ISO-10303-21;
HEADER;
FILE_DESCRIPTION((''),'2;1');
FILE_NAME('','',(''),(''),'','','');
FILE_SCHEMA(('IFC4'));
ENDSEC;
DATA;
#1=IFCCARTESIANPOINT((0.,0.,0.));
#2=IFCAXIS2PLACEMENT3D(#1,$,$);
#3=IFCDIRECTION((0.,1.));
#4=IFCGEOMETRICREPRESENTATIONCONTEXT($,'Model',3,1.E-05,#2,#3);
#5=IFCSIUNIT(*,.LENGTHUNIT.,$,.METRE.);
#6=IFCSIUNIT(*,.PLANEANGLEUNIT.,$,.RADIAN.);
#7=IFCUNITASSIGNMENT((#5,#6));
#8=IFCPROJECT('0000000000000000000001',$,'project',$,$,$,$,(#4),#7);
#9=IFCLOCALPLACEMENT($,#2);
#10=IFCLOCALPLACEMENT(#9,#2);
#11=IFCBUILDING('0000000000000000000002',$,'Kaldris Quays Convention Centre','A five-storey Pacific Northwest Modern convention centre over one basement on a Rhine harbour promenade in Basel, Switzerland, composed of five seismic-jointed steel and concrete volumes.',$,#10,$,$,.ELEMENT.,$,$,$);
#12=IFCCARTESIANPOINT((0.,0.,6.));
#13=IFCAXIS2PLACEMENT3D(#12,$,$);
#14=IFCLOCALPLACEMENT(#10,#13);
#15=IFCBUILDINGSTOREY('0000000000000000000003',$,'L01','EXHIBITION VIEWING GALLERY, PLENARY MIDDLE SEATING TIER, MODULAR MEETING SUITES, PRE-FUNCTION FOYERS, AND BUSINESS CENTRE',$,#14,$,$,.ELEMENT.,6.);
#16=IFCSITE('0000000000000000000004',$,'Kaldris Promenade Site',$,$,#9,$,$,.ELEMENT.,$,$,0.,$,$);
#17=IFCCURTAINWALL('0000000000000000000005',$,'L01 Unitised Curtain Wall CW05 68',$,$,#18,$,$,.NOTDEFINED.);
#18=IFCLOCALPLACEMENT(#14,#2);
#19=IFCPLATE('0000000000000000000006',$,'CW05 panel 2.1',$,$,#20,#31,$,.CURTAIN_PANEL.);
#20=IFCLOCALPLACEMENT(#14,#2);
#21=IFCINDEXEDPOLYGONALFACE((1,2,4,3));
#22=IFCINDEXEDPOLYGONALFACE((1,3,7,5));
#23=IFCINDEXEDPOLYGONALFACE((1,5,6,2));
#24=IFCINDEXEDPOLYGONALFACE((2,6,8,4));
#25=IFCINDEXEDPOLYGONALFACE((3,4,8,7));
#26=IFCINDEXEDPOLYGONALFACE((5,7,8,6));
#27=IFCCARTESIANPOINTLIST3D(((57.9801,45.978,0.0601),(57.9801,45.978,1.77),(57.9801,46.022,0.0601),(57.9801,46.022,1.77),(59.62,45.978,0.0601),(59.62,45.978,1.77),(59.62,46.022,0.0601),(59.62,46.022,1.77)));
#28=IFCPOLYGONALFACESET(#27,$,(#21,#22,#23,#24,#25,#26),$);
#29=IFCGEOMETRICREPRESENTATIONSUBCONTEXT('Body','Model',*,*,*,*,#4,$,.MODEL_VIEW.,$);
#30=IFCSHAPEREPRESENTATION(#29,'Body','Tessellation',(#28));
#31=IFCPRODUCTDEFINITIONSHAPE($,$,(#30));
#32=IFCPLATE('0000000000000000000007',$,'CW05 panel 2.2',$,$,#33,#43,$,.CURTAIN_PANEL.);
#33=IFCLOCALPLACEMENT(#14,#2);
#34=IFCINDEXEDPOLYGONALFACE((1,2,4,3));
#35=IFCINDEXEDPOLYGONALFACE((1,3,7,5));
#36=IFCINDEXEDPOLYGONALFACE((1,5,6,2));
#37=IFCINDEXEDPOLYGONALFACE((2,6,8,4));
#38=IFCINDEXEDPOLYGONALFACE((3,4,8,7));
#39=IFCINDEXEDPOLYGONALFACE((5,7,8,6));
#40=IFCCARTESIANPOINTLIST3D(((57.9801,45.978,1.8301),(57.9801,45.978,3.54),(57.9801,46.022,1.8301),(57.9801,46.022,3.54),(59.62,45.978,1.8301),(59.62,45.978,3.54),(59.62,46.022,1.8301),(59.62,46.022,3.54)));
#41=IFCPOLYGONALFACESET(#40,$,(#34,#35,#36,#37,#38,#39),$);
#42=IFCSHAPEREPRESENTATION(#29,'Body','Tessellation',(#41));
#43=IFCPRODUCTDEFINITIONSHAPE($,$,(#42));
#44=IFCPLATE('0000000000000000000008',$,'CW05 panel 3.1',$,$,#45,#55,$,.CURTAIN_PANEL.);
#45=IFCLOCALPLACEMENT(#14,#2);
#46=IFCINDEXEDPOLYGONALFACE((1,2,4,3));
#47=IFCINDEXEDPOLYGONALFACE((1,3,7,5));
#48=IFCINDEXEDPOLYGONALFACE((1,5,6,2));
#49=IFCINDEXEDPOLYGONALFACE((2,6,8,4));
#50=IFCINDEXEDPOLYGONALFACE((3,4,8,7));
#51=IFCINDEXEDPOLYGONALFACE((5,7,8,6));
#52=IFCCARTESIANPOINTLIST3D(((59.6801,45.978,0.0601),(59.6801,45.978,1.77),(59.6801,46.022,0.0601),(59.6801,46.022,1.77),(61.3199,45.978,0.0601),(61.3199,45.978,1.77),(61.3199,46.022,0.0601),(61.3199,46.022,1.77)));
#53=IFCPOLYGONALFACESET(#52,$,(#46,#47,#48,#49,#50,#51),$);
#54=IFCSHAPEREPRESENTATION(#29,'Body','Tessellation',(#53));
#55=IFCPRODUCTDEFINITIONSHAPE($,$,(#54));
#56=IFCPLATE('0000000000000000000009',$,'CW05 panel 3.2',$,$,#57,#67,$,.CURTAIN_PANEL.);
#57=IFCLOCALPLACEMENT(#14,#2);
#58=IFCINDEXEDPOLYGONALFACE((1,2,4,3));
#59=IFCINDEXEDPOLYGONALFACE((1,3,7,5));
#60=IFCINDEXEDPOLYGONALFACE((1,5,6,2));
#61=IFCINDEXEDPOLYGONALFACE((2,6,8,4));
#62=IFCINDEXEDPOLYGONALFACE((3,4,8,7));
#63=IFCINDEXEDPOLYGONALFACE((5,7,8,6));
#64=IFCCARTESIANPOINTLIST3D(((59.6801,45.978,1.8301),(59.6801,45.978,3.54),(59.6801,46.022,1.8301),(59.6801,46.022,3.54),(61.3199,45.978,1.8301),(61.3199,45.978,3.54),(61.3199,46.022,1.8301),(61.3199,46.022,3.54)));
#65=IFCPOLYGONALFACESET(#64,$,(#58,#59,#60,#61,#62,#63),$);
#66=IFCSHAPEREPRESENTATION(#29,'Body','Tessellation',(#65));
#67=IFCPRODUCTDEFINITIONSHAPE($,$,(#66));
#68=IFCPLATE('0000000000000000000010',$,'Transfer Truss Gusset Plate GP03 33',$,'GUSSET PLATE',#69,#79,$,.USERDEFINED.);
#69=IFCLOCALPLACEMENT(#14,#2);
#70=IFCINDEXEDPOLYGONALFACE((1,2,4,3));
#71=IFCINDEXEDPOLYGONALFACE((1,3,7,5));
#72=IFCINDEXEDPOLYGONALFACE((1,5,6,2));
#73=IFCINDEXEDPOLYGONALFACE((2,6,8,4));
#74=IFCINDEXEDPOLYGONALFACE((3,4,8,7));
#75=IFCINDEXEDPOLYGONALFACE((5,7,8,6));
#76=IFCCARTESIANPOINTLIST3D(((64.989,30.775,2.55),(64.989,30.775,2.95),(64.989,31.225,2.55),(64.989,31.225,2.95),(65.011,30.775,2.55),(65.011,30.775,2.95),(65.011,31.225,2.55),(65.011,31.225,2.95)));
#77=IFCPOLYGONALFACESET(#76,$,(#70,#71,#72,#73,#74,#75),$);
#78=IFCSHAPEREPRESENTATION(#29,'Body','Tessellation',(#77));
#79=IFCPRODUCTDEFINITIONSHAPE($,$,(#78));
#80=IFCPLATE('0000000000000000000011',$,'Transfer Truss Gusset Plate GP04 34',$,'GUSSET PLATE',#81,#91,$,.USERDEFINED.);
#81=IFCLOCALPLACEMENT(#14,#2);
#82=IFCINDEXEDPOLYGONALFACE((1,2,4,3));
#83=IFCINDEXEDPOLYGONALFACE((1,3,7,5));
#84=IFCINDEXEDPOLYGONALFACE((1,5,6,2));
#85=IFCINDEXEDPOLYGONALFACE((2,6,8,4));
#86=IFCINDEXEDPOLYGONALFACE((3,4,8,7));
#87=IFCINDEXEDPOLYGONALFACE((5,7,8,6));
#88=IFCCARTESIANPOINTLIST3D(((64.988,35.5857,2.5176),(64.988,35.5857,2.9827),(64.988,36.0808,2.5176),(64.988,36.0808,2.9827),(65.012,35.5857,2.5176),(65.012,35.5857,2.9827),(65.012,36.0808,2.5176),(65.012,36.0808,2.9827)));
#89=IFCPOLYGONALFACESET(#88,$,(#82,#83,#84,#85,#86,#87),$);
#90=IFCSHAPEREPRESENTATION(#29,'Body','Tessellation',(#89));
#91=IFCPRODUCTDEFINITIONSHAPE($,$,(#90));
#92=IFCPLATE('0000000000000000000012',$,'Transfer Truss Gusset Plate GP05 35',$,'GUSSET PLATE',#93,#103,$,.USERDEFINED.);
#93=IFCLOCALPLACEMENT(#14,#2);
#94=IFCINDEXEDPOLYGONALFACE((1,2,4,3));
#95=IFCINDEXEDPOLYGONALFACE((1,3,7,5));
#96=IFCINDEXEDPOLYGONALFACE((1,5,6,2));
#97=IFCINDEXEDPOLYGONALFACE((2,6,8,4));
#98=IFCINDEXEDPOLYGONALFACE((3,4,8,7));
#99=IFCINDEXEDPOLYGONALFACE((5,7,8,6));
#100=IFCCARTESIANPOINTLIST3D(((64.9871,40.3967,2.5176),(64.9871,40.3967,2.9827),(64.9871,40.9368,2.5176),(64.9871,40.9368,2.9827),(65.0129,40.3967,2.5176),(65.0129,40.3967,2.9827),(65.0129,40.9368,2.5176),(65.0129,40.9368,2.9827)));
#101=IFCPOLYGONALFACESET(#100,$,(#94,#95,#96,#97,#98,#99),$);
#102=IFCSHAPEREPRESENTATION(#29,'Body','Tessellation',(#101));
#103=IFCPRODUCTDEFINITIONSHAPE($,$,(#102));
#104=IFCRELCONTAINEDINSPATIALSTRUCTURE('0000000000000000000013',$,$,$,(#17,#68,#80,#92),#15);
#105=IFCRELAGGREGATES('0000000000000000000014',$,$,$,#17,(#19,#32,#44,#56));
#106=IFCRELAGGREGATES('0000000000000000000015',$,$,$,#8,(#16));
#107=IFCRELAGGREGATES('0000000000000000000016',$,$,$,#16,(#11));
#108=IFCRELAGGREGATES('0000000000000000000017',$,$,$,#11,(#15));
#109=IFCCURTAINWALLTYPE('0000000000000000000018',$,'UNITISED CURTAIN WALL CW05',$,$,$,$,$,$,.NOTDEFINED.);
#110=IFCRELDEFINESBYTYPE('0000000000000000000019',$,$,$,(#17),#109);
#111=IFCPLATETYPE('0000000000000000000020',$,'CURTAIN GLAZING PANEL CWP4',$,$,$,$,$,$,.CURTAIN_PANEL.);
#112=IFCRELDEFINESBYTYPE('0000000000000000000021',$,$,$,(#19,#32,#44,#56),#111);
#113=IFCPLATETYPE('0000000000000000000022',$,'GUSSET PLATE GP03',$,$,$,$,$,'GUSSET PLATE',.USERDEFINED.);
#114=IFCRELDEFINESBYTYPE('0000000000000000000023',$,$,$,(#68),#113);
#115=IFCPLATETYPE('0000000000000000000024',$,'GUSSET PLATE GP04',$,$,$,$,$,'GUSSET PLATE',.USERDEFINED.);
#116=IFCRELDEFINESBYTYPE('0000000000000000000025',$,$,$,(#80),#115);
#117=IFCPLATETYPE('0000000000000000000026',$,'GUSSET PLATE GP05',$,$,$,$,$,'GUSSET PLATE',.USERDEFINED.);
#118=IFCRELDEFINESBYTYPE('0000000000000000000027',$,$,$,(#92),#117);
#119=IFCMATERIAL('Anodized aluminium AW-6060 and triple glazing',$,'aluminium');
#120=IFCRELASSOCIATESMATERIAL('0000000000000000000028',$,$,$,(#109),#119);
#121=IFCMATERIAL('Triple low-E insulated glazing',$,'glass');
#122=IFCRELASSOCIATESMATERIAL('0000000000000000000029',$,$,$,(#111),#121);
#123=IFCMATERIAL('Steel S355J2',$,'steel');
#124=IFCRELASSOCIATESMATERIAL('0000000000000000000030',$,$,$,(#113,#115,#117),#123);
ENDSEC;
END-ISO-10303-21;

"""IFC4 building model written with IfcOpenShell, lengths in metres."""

from ifc_helpers import new_model, si_unit, direction, frame, origin, origin_2d, place, context, subcontext, project, spatial, rectangle, extrude, material, type_object, element, aggregate, save


model = new_model("IFC4")

# Units and contexts
model_context = context("Model", 3, precision=1e-05, world=origin(), true_north=direction((0.0, 1.0)))
body_context = subcontext(model_context, "Body", "Model", "MODEL_VIEW")
ifc_project = project(units=[si_unit("LENGTHUNIT", "METRE"), si_unit("PLANEANGLEUNIT", "RADIAN")], contexts=[model_context])

# Site, building, storey
site_placement = place(None, origin())
site = spatial("IfcSite", under=ifc_project, at=site_placement, Name="Kaldris Promenade Site", CompositionType="ELEMENT", RefElevation=0.0)
building_placement = place(site_placement, origin())
building = spatial("IfcBuilding", under=site, at=building_placement, Name="Kaldris Quays Convention Centre", Description="A five-storey Pacific Northwest Modern convention centre over one basement on a Rhine harbour promenade in Basel, Switzerland, composed of five seismic-jointed steel and concrete volumes.", CompositionType="ELEMENT")
storey_placement = place(building_placement, frame((0.0, 0.0, 6.0)))
storey = spatial("IfcBuildingStorey", under=building, at=storey_placement, Name="L01", Description="EXHIBITION VIEWING GALLERY, PLENARY MIDDLE SEATING TIER, MODULAR MEETING SUITES, PRE-FUNCTION FOYERS, AND BUSINESS CENTRE", CompositionType="ELEMENT", Elevation=6.0)

# Curtain wall
ifc_material_1 = material(Name="Anodized aluminium AW-6060 and triple glazing", Category="aluminium")
curtain_wall_type = type_object("IfcCurtainWallType", Name="UNITISED CURTAIN WALL CW05", PredefinedType="NOTDEFINED", material=ifc_material_1)
curtain_wall_placement = place(storey_placement, origin())
curtain_wall = element("IfcCurtainWall", 1, at=curtain_wall_placement, inside=storey, type_object=curtain_wall_type, Name="L01 Unitised Curtain Wall CW05 68", PredefinedType="NOTDEFINED")

# Shared definitions
ifc_material_2 = material(Name="Steel S355J2", Category="steel")

# Plates
ifc_material_3 = material(Name="Triple low-E insulated glazing", Category="glass")
plate_type_1 = type_object("IfcPlateType", Name="CURTAIN GLAZING PANEL CWP4", PredefinedType="CURTAIN_PANEL", material=ifc_material_3)
plate_1_placement = place(storey_placement, frame((58.8, 46.0, 0.0601), z_axis=(0.0, 0.0, 1.0), x_axis=(1.0, 0.0, 0.0)))
plate_1 = element("IfcPlate", 2, at=plate_1_placement, type_object=plate_type_1, Name="CW05 panel 2.1", PredefinedType="CURTAIN_PANEL", context=body_context, shape_type="SweptSolid", body=[
    extrude(rectangle(XDim=1.6399, YDim=0.0439, at=origin_2d()), origin(), (0.0, 0.0, 1.0), 1.71),
])
plate_2_placement = place(storey_placement, frame((58.8, 46.0, 1.8301), z_axis=(0.0, 0.0, 1.0), x_axis=(1.0, 0.0, 0.0)))
plate_2 = element("IfcPlate", 3, at=plate_2_placement, type_object=plate_type_1, Name="CW05 panel 2.2", PredefinedType="CURTAIN_PANEL", context=body_context, shape_type="SweptSolid", body=[
    extrude(rectangle(XDim=1.6399, YDim=0.0439, at=origin_2d()), origin(), (0.0, 0.0, 1.0), 1.71),
])
plate_3_placement = place(storey_placement, frame((60.5, 46.0, 0.0601), z_axis=(0.0, 0.0, 1.0), x_axis=(1.0, 0.0, 0.0)))
plate_3 = element("IfcPlate", 4, at=plate_3_placement, type_object=plate_type_1, Name="CW05 panel 3.1", PredefinedType="CURTAIN_PANEL", context=body_context, shape_type="SweptSolid", body=[
    extrude(rectangle(XDim=1.6399, YDim=0.0439, at=origin_2d()), origin(), (0.0, 0.0, 1.0), 1.71),
])
plate_4_placement = place(storey_placement, frame((60.5, 46.0, 1.8301), z_axis=(0.0, 0.0, 1.0), x_axis=(1.0, 0.0, 0.0)))
plate_4 = element("IfcPlate", 5, at=plate_4_placement, type_object=plate_type_1, Name="CW05 panel 3.2", PredefinedType="CURTAIN_PANEL", context=body_context, shape_type="SweptSolid", body=[
    extrude(rectangle(XDim=1.6399, YDim=0.0439, at=origin_2d()), origin(), (0.0, 0.0, 1.0), 1.71),
])
aggregate(curtain_wall, [plate_1, plate_2, plate_3, plate_4])

# Plates
plate_type_2 = type_object("IfcPlateType", Name="GUSSET PLATE GP03", ElementType="GUSSET PLATE", PredefinedType="USERDEFINED", material=ifc_material_2)
plate_5_placement = place(storey_placement, frame((65.0, 31.0, 2.55), z_axis=(0.0, 0.0, 1.0), x_axis=(1.0, 0.0, 0.0)))
element("IfcPlate", 6, at=plate_5_placement, inside=storey, type_object=plate_type_2, Name="Transfer Truss Gusset Plate GP03 33", ObjectType="GUSSET PLATE", PredefinedType="USERDEFINED", context=body_context, shape_type="SweptSolid", body=[
    extrude(rectangle(XDim=0.022, YDim=0.45, at=origin_2d()), origin(), (0.0, 0.0, 1.0), 0.3999),
])
plate_type_3 = type_object("IfcPlateType", Name="GUSSET PLATE GP04", ElementType="GUSSET PLATE", PredefinedType="USERDEFINED", material=ifc_material_2)
plate_6_placement = place(storey_placement, frame((65.0, 35.8333, 2.5176), z_axis=(0.0, 0.0, 1.0), x_axis=(1.0, 0.0, 0.0)))
element("IfcPlate", 7, at=plate_6_placement, inside=storey, type_object=plate_type_3, Name="Transfer Truss Gusset Plate GP04 34", ObjectType="GUSSET PLATE", PredefinedType="USERDEFINED", context=body_context, shape_type="SweptSolid", body=[
    extrude(rectangle(XDim=0.0239, YDim=0.4951, at=origin_2d()), origin(), (0.0, 0.0, 1.0), 0.4651),
])
plate_type_4 = type_object("IfcPlateType", Name="GUSSET PLATE GP05", ElementType="GUSSET PLATE", PredefinedType="USERDEFINED", material=ifc_material_2)
plate_7_placement = place(storey_placement, frame((65.0, 40.6667, 2.5176), z_axis=(0.0, 0.0, 1.0), x_axis=(1.0, 0.0, 0.0)))
element("IfcPlate", 8, at=plate_7_placement, inside=storey, type_object=plate_type_4, Name="Transfer Truss Gusset Plate GP05 35", ObjectType="GUSSET PLATE", PredefinedType="USERDEFINED", context=body_context, shape_type="SweptSolid", body=[
    extrude(rectangle(XDim=0.0259, YDim=0.54, at=origin_2d()), origin(), (0.0, 0.0, 1.0), 0.4651),
])

save(model, "model.ifc")
